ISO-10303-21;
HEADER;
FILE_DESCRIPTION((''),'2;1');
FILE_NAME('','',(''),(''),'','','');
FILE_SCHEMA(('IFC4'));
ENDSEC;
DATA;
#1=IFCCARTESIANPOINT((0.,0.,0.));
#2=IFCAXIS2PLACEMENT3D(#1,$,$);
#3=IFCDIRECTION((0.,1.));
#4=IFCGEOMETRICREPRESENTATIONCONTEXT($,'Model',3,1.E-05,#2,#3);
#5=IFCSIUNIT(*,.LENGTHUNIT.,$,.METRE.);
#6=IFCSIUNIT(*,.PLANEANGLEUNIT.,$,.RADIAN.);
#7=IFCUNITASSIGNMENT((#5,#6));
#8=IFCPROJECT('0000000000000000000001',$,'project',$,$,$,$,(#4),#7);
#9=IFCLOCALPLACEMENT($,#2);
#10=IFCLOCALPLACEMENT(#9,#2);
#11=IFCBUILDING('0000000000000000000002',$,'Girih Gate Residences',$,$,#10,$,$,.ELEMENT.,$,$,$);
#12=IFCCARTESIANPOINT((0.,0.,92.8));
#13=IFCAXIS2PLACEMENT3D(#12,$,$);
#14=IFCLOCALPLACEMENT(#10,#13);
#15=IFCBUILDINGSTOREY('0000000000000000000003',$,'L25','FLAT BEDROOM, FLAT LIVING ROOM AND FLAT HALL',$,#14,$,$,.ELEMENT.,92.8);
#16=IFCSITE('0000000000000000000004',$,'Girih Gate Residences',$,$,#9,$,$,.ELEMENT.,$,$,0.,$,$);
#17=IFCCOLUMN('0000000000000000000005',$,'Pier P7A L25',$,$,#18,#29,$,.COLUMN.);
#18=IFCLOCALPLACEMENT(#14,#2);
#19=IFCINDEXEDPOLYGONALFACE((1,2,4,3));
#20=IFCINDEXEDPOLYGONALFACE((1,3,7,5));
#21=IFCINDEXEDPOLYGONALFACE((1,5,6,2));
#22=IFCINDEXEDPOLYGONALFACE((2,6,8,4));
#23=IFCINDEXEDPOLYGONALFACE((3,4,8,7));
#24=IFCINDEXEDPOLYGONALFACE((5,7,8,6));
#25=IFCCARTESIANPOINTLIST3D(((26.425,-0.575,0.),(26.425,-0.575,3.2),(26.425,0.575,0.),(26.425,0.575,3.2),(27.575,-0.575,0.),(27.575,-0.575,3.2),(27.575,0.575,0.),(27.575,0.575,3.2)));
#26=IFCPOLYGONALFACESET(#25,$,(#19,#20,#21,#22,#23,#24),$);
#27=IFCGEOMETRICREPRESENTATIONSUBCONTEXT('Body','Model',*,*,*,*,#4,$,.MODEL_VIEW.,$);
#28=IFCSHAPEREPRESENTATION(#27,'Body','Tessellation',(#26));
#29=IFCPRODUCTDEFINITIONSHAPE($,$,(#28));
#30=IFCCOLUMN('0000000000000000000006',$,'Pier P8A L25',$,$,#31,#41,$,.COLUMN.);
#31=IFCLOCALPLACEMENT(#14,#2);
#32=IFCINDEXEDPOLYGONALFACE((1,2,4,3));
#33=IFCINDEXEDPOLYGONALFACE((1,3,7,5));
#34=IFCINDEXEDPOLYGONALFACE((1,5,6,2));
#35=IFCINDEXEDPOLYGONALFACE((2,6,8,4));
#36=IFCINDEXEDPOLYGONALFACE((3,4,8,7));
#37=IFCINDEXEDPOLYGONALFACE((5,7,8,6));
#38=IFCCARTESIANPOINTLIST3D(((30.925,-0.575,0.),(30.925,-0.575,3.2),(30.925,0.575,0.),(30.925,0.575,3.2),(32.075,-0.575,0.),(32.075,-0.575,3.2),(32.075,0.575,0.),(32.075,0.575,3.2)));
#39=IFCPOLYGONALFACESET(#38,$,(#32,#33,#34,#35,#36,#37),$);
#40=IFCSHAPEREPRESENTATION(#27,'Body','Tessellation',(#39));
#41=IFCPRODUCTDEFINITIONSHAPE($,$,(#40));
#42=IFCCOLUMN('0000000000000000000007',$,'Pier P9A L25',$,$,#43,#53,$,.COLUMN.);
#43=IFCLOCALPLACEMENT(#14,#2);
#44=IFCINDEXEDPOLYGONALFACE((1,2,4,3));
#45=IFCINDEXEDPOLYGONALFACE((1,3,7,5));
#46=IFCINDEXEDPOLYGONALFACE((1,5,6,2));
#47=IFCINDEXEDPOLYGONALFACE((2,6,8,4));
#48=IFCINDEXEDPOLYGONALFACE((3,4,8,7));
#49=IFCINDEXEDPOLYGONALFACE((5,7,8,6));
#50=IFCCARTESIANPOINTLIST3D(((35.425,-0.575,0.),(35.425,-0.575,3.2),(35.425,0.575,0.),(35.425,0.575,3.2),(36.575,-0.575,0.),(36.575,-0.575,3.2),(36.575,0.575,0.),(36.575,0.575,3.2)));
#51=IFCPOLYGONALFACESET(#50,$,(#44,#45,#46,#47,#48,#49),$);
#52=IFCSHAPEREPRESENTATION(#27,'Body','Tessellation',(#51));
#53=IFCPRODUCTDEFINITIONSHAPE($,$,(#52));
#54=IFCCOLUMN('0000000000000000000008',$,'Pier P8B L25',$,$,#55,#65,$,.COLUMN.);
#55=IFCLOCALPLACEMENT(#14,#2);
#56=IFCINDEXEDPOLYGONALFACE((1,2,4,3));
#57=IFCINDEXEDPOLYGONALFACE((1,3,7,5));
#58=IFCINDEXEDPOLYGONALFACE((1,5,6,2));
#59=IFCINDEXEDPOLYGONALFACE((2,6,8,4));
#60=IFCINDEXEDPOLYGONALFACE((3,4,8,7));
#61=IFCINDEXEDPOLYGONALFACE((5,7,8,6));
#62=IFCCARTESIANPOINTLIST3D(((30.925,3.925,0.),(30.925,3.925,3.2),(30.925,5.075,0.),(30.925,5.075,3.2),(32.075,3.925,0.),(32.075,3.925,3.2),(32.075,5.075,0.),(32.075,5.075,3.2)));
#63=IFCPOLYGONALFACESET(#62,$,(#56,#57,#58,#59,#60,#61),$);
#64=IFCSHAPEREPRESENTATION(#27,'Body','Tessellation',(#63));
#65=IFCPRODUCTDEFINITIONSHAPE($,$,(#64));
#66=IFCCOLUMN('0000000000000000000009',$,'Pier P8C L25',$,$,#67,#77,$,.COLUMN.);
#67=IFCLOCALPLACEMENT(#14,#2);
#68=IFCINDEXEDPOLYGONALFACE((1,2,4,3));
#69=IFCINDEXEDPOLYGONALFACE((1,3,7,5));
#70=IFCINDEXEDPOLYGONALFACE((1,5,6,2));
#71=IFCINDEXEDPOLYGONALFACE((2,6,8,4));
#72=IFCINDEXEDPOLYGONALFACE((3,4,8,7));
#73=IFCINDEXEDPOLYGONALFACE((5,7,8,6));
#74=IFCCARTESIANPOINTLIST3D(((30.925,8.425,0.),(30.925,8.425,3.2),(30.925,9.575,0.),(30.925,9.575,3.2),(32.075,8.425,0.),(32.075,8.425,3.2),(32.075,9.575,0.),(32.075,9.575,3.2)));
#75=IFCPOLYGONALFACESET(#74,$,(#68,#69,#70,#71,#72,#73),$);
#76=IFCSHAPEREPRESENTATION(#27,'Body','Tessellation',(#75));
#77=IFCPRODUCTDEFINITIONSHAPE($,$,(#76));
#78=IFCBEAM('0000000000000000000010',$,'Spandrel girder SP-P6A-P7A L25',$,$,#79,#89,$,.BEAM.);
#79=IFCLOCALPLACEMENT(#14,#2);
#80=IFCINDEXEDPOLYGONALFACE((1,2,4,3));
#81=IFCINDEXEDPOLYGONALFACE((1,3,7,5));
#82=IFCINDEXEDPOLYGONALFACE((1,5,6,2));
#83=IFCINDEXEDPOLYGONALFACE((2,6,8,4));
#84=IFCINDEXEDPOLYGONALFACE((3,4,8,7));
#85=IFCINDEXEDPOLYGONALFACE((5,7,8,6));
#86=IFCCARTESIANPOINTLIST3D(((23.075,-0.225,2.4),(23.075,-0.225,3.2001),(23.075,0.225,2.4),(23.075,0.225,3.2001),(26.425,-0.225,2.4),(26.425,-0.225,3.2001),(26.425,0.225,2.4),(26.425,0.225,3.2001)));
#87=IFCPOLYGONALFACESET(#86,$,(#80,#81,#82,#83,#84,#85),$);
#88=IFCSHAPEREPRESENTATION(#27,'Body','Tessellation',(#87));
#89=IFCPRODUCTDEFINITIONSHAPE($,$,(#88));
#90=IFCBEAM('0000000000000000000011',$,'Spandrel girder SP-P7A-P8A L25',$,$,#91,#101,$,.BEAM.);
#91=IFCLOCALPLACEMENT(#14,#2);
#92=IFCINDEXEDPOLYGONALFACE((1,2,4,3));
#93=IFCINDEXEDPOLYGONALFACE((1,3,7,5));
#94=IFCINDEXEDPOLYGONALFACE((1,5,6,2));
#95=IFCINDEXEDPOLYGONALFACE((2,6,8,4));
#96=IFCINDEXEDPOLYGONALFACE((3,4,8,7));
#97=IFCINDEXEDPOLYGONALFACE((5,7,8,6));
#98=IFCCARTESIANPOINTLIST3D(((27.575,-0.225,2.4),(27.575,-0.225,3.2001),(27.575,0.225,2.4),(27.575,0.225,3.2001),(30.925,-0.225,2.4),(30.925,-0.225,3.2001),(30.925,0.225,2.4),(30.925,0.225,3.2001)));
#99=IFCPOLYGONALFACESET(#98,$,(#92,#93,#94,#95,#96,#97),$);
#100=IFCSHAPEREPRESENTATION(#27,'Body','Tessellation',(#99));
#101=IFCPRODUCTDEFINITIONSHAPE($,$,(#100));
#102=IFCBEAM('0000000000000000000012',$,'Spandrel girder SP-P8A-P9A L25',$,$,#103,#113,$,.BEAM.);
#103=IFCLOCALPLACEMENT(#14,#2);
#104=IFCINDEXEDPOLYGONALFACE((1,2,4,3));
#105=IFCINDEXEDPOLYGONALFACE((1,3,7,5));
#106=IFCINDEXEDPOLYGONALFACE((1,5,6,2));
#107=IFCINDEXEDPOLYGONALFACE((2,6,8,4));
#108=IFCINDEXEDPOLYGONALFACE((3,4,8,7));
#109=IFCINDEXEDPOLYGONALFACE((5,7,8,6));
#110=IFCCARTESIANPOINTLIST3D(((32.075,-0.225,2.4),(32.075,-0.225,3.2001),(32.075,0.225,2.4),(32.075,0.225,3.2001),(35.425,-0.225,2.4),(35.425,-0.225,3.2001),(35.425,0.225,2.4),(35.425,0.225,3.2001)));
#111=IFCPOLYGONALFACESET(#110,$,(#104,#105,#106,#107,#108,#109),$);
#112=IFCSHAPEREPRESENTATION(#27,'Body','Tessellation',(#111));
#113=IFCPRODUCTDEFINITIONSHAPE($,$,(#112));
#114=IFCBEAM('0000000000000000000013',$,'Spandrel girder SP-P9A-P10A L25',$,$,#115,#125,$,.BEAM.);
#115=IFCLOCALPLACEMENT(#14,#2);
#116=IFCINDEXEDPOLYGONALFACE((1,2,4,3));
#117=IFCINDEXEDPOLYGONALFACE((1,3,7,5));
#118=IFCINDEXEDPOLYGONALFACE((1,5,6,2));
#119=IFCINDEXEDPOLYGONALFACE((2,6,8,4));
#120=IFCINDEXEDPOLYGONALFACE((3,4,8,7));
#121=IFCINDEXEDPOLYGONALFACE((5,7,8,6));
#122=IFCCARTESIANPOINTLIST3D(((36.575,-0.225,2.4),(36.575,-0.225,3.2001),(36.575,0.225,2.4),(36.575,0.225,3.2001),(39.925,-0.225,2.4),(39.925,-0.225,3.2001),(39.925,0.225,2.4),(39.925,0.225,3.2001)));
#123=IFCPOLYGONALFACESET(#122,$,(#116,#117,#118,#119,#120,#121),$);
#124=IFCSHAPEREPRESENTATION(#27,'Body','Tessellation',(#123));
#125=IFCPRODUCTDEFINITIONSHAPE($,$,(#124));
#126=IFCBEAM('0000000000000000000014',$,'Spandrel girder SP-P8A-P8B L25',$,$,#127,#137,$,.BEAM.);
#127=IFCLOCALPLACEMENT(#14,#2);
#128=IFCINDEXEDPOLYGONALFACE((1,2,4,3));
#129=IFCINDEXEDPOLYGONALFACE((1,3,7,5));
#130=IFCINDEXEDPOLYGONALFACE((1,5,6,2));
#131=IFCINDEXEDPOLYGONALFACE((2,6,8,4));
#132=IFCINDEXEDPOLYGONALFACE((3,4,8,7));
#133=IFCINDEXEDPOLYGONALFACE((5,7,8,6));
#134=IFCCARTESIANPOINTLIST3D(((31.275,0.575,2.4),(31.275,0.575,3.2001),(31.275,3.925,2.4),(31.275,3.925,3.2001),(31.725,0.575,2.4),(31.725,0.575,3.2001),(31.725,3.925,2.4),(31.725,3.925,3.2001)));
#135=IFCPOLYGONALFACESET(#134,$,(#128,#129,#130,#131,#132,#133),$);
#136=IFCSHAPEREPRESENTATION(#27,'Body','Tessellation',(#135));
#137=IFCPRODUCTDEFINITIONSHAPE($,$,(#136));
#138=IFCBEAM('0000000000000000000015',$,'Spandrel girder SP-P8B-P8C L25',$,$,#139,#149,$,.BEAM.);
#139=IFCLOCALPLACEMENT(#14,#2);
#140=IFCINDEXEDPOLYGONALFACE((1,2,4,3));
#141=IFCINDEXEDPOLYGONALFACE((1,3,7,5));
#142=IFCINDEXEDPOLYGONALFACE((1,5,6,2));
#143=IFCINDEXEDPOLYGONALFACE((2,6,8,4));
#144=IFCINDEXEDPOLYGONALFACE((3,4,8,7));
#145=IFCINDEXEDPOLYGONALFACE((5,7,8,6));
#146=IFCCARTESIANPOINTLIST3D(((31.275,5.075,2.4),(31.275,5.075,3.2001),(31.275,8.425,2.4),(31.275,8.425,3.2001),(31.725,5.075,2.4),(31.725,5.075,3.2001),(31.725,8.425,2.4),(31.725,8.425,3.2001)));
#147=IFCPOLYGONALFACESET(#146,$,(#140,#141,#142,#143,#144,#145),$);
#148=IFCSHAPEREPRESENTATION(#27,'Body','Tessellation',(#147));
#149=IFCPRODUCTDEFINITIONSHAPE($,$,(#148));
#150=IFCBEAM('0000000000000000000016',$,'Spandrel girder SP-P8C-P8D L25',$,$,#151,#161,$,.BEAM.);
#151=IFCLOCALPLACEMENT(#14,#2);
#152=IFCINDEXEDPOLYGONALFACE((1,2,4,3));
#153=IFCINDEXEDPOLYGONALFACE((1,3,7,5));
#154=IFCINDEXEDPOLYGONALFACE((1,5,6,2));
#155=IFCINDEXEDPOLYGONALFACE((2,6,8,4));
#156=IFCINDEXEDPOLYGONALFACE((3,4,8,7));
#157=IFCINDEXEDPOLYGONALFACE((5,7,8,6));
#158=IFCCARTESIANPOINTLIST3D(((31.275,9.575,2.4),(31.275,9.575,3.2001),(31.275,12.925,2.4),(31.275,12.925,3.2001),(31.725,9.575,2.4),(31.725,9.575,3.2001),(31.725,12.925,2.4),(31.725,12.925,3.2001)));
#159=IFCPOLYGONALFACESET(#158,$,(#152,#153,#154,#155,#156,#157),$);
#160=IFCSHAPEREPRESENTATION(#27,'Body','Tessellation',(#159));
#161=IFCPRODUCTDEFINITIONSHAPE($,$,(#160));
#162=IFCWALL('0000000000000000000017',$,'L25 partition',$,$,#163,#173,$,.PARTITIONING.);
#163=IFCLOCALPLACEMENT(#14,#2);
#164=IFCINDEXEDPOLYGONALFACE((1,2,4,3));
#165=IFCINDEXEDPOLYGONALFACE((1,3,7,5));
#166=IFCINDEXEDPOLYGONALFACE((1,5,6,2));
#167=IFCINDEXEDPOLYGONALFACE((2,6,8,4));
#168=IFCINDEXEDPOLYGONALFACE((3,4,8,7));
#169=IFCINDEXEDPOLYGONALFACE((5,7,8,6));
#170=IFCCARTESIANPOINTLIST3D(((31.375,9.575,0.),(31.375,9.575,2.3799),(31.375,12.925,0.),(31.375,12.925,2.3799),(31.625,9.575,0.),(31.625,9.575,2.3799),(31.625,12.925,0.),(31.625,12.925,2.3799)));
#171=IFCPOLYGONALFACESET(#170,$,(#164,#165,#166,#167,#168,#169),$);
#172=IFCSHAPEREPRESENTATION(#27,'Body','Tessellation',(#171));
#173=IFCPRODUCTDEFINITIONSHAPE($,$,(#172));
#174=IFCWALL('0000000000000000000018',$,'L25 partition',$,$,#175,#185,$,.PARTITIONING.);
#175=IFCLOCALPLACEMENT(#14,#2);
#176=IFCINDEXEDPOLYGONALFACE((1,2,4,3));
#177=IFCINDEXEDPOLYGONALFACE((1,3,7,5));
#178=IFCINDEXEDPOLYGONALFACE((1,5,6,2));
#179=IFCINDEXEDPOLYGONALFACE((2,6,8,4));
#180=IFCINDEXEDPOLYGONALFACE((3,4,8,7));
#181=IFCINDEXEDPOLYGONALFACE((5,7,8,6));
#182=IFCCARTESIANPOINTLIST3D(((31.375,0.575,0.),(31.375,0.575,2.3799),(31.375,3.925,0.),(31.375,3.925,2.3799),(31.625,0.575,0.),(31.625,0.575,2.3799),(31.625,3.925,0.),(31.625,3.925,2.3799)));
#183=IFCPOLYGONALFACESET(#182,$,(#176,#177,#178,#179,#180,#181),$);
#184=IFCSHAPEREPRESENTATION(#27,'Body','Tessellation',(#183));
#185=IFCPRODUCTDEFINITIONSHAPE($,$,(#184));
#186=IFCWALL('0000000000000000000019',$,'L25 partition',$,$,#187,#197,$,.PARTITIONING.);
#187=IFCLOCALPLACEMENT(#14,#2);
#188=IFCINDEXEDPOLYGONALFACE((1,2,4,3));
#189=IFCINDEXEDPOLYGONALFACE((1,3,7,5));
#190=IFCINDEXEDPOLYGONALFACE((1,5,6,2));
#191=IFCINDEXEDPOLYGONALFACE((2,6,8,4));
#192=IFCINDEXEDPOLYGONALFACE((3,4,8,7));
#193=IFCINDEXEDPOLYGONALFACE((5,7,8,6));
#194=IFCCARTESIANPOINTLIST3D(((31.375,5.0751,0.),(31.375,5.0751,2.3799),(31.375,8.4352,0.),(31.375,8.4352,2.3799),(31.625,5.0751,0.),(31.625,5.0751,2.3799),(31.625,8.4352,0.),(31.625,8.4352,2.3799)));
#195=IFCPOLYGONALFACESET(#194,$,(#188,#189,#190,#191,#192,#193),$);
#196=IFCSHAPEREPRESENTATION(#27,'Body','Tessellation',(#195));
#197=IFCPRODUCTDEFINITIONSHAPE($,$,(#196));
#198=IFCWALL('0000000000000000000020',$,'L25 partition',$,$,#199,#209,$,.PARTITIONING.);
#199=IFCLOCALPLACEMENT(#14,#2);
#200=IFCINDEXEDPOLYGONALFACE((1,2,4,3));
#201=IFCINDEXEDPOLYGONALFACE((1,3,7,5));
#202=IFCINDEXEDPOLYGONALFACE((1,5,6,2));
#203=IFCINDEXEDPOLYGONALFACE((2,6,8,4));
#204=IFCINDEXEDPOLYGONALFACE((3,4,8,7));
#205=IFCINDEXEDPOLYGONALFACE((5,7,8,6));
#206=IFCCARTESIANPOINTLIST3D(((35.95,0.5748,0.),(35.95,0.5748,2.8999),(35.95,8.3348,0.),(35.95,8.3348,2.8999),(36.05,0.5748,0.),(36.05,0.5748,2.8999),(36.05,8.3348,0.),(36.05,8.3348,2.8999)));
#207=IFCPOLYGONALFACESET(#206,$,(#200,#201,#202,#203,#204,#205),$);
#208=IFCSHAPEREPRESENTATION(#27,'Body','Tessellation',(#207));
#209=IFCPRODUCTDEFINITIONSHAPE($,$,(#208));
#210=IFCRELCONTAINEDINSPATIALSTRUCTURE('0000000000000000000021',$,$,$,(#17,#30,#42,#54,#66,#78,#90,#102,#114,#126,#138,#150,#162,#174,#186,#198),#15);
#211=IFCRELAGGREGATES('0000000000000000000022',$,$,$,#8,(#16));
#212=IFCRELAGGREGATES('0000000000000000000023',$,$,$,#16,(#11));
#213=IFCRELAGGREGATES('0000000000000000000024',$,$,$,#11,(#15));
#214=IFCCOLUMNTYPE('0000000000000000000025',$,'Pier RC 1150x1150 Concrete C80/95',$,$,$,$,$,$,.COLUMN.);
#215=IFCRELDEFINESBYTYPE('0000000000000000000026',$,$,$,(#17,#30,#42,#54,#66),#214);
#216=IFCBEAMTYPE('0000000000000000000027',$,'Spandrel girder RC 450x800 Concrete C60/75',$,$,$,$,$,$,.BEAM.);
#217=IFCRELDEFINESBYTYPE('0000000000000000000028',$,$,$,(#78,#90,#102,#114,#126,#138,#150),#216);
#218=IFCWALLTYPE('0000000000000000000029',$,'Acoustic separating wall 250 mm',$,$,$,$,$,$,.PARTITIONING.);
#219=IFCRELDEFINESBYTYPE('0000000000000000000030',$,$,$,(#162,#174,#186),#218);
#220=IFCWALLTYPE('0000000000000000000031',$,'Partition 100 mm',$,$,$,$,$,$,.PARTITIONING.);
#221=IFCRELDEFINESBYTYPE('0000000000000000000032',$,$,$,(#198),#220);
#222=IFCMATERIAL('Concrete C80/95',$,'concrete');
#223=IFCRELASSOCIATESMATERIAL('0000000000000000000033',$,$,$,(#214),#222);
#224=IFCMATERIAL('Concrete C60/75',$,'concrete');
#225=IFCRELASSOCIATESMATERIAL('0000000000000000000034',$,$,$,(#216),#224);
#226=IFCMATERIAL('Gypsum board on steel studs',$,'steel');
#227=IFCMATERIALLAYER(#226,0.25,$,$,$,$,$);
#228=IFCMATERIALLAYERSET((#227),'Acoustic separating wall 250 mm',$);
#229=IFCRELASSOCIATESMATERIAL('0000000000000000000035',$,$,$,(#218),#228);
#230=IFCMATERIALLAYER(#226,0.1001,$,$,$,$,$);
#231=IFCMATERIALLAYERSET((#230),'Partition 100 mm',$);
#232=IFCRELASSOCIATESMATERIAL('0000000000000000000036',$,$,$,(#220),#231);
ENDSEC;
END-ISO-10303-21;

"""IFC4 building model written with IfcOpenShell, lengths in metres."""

from ifc_helpers import new_model, si_unit, direction, frame, frame_2d, origin, origin_2d, place, context, subcontext, project, spatial, rectangle, extrude, material, layer, layer_set, material_profile, profile_set, type_object, element, save


model = new_model("IFC4")

# Units and contexts
model_context = context("Model", 3, precision=1e-05, world=origin(), true_north=direction((0.0, 1.0)))
body_context = subcontext(model_context, "Body", "Model", "MODEL_VIEW")
ifc_project = project(units=[si_unit("LENGTHUNIT", "METRE"), si_unit("PLANEANGLEUNIT", "RADIAN")], contexts=[model_context])

# Site, building, storey
site_placement = place(None, origin())
site = spatial("IfcSite", under=ifc_project, at=site_placement, Name="Girih Gate Residences", CompositionType="ELEMENT", RefElevation=0.0)
building_placement = place(site_placement, origin())
building = spatial("IfcBuilding", under=site, at=building_placement, Name="Girih Gate Residences", CompositionType="ELEMENT")
storey_placement = place(building_placement, frame((0.0, 0.0, 92.8)))
storey = spatial("IfcBuildingStorey", under=building, at=storey_placement, Name="L25", Description="FLAT BEDROOM, FLAT LIVING ROOM AND FLAT HALL", CompositionType="ELEMENT", Elevation=92.8)

# Columns
ifc_material_1 = material(Name="Concrete C80/95", Category="concrete")
ifc_material_profile_1 = material_profile(ifc_material_1, rectangle(XDim=1.1499, YDim=1.1499, at=origin_2d()))
ifc_profile_set_1 = profile_set([ifc_material_profile_1], Name="Concrete C80/95")
column_type = type_object("IfcColumnType", Name="Pier RC 1150x1150 Concrete C80/95", PredefinedType="COLUMN", material=ifc_profile_set_1)
for number, where, z_axis, x_axis, name in (
    (1, (27.0, 0.0, 0.0), (0.0, 0.0, 1.0), (1.0, 0.0, 0.0), "Pier P7A L25"),
    (2, (31.5, 0.0, 0.0), (0.0, 0.0, 1.0), (1.0, 0.0, 0.0), "Pier P8A L25"),
    (3, (36.0, 0.0, 0.0), (0.0, 0.0, 1.0), (1.0, 0.0, 0.0), "Pier P9A L25"),
    (4, (31.5, 4.5, 0.0), (0.0, 0.0, 1.0), (1.0, 0.0, 0.0), "Pier P8B L25"),
    (5, (31.5, 9.0, 0.0), (0.0, 0.0, 1.0), (1.0, 0.0, 0.0), "Pier P8C L25"),
):
    element("IfcColumn", number, at=place(storey_placement, frame(where, z_axis=z_axis, x_axis=x_axis)), inside=storey, type_object=column_type, Name=name, PredefinedType="COLUMN", context=body_context, shape_type="SweptSolid", body=[
        extrude(rectangle(XDim=1.1499, YDim=1.1499, at=origin_2d()), origin(), (0.0, 0.0, 1.0), 3.2),
    ])

# Beams
ifc_material_2 = material(Name="Concrete C60/75", Category="concrete")
ifc_material_profile_2 = material_profile(ifc_material_2, rectangle(XDim=0.45, YDim=0.8, at=origin_2d()))
ifc_profile_set_2 = profile_set([ifc_material_profile_2], Name="Concrete C60/75")
beam_type = type_object("IfcBeamType", Name="Spandrel girder RC 450x800 Concrete C60/75", PredefinedType="BEAM", material=ifc_profile_set_2)
for number, where, z_axis, x_axis, name in (
    (6, (23.075, 0.0, 2.8), (1.0, 0.0, 0.0), (0.0, 1.0, 0.0), "Spandrel girder SP-P6A-P7A L25"),
    (7, (27.575, 0.0, 2.8), (1.0, 0.0, 0.0), (0.0, 1.0, 0.0), "Spandrel girder SP-P7A-P8A L25"),
    (8, (32.075, 0.0, 2.8), (1.0, 0.0, 0.0), (0.0, 1.0, 0.0), "Spandrel girder SP-P8A-P9A L25"),
    (9, (36.575, 0.0, 2.8), (1.0, 0.0, 0.0), (0.0, 1.0, 0.0), "Spandrel girder SP-P9A-P10A L25"),
    (10, (31.5, 0.575, 2.8), (0.0, 1.0, 0.0), (-1.0, 0.0, 0.0), "Spandrel girder SP-P8A-P8B L25"),
    (11, (31.5, 5.075, 2.8), (0.0, 1.0, 0.0), (-1.0, 0.0, 0.0), "Spandrel girder SP-P8B-P8C L25"),
    (12, (31.5, 9.575, 2.8), (0.0, 1.0, 0.0), (-1.0, 0.0, 0.0), "Spandrel girder SP-P8C-P8D L25"),
):
    element("IfcBeam", number, at=place(storey_placement, frame(where, z_axis=z_axis, x_axis=x_axis)), inside=storey, type_object=beam_type, Name=name, PredefinedType="BEAM", context=body_context, shape_type="SweptSolid", body=[
        extrude(rectangle(XDim=0.45, YDim=0.8, at=origin_2d()), origin(), (0.0, 0.0, 1.0), 3.3501),
    ])

# Walls
ifc_material_3 = material(Name="Gypsum board on steel studs", Category="steel")
ifc_layer_1 = layer(ifc_material_3, 0.25)
ifc_layer_set_1 = layer_set([ifc_layer_1], Name="Acoustic separating wall 250 mm")
wall_type_1 = type_object("IfcWallType", Name="Acoustic separating wall 250 mm", PredefinedType="PARTITIONING", material=ifc_layer_set_1)
for number, where, z_axis, x_axis, name in (
    (13, (31.5, 9.575, 0.0), (0.0, 0.0, 1.0), (0.0, 1.0, 0.0), "L25 partition"),
    (14, (31.5, 0.575, 0.0), (0.0, 0.0, 1.0), (0.0, 1.0, 0.0), "L25 partition"),
):
    element("IfcWall", number, at=place(storey_placement, frame(where, z_axis=z_axis, x_axis=x_axis)), inside=storey, type_object=wall_type_1, Name=name, PredefinedType="PARTITIONING", context=body_context, shape_type="SweptSolid", body=[
        extrude(rectangle(XDim=3.3501, YDim=0.25, at=frame_2d((1.675, 0.0))), origin(), (0.0, 0.0, 1.0), 2.3799),
    ])
wall_1_placement = place(storey_placement, frame((31.5, 5.075, 0.0), z_axis=(0.0, 0.0, 1.0), x_axis=(0.0, 1.0, 0.0)))
element("IfcWall", 15, at=wall_1_placement, inside=storey, type_object=wall_type_1, Name="L25 partition", PredefinedType="PARTITIONING", context=body_context, shape_type="SweptSolid", body=[
    extrude(rectangle(XDim=3.3601, YDim=0.25, at=frame_2d((1.6802, 0.0))), origin(), (0.0, 0.0, 1.0), 2.3799),
])
ifc_layer_2 = layer(ifc_material_3, 0.1001)
ifc_layer_set_2 = layer_set([ifc_layer_2], Name="Partition 100 mm")
wall_type_2 = type_object("IfcWallType", Name="Partition 100 mm", PredefinedType="PARTITIONING", material=ifc_layer_set_2)
wall_2_placement = place(storey_placement, frame((36.0, 0.575, 0.0), z_axis=(0.0, 0.0, 1.0), x_axis=(0.0, 1.0, 0.0)))
element("IfcWall", 16, at=wall_2_placement, inside=storey, type_object=wall_type_2, Name="L25 partition", PredefinedType="PARTITIONING", context=body_context, shape_type="SweptSolid", body=[
    extrude(rectangle(XDim=7.76, YDim=0.1001, at=frame_2d((3.8799, 0.0))), origin(), (0.0, 0.0, 1.0), 2.8999),
])

save(model, "model.ifc")
